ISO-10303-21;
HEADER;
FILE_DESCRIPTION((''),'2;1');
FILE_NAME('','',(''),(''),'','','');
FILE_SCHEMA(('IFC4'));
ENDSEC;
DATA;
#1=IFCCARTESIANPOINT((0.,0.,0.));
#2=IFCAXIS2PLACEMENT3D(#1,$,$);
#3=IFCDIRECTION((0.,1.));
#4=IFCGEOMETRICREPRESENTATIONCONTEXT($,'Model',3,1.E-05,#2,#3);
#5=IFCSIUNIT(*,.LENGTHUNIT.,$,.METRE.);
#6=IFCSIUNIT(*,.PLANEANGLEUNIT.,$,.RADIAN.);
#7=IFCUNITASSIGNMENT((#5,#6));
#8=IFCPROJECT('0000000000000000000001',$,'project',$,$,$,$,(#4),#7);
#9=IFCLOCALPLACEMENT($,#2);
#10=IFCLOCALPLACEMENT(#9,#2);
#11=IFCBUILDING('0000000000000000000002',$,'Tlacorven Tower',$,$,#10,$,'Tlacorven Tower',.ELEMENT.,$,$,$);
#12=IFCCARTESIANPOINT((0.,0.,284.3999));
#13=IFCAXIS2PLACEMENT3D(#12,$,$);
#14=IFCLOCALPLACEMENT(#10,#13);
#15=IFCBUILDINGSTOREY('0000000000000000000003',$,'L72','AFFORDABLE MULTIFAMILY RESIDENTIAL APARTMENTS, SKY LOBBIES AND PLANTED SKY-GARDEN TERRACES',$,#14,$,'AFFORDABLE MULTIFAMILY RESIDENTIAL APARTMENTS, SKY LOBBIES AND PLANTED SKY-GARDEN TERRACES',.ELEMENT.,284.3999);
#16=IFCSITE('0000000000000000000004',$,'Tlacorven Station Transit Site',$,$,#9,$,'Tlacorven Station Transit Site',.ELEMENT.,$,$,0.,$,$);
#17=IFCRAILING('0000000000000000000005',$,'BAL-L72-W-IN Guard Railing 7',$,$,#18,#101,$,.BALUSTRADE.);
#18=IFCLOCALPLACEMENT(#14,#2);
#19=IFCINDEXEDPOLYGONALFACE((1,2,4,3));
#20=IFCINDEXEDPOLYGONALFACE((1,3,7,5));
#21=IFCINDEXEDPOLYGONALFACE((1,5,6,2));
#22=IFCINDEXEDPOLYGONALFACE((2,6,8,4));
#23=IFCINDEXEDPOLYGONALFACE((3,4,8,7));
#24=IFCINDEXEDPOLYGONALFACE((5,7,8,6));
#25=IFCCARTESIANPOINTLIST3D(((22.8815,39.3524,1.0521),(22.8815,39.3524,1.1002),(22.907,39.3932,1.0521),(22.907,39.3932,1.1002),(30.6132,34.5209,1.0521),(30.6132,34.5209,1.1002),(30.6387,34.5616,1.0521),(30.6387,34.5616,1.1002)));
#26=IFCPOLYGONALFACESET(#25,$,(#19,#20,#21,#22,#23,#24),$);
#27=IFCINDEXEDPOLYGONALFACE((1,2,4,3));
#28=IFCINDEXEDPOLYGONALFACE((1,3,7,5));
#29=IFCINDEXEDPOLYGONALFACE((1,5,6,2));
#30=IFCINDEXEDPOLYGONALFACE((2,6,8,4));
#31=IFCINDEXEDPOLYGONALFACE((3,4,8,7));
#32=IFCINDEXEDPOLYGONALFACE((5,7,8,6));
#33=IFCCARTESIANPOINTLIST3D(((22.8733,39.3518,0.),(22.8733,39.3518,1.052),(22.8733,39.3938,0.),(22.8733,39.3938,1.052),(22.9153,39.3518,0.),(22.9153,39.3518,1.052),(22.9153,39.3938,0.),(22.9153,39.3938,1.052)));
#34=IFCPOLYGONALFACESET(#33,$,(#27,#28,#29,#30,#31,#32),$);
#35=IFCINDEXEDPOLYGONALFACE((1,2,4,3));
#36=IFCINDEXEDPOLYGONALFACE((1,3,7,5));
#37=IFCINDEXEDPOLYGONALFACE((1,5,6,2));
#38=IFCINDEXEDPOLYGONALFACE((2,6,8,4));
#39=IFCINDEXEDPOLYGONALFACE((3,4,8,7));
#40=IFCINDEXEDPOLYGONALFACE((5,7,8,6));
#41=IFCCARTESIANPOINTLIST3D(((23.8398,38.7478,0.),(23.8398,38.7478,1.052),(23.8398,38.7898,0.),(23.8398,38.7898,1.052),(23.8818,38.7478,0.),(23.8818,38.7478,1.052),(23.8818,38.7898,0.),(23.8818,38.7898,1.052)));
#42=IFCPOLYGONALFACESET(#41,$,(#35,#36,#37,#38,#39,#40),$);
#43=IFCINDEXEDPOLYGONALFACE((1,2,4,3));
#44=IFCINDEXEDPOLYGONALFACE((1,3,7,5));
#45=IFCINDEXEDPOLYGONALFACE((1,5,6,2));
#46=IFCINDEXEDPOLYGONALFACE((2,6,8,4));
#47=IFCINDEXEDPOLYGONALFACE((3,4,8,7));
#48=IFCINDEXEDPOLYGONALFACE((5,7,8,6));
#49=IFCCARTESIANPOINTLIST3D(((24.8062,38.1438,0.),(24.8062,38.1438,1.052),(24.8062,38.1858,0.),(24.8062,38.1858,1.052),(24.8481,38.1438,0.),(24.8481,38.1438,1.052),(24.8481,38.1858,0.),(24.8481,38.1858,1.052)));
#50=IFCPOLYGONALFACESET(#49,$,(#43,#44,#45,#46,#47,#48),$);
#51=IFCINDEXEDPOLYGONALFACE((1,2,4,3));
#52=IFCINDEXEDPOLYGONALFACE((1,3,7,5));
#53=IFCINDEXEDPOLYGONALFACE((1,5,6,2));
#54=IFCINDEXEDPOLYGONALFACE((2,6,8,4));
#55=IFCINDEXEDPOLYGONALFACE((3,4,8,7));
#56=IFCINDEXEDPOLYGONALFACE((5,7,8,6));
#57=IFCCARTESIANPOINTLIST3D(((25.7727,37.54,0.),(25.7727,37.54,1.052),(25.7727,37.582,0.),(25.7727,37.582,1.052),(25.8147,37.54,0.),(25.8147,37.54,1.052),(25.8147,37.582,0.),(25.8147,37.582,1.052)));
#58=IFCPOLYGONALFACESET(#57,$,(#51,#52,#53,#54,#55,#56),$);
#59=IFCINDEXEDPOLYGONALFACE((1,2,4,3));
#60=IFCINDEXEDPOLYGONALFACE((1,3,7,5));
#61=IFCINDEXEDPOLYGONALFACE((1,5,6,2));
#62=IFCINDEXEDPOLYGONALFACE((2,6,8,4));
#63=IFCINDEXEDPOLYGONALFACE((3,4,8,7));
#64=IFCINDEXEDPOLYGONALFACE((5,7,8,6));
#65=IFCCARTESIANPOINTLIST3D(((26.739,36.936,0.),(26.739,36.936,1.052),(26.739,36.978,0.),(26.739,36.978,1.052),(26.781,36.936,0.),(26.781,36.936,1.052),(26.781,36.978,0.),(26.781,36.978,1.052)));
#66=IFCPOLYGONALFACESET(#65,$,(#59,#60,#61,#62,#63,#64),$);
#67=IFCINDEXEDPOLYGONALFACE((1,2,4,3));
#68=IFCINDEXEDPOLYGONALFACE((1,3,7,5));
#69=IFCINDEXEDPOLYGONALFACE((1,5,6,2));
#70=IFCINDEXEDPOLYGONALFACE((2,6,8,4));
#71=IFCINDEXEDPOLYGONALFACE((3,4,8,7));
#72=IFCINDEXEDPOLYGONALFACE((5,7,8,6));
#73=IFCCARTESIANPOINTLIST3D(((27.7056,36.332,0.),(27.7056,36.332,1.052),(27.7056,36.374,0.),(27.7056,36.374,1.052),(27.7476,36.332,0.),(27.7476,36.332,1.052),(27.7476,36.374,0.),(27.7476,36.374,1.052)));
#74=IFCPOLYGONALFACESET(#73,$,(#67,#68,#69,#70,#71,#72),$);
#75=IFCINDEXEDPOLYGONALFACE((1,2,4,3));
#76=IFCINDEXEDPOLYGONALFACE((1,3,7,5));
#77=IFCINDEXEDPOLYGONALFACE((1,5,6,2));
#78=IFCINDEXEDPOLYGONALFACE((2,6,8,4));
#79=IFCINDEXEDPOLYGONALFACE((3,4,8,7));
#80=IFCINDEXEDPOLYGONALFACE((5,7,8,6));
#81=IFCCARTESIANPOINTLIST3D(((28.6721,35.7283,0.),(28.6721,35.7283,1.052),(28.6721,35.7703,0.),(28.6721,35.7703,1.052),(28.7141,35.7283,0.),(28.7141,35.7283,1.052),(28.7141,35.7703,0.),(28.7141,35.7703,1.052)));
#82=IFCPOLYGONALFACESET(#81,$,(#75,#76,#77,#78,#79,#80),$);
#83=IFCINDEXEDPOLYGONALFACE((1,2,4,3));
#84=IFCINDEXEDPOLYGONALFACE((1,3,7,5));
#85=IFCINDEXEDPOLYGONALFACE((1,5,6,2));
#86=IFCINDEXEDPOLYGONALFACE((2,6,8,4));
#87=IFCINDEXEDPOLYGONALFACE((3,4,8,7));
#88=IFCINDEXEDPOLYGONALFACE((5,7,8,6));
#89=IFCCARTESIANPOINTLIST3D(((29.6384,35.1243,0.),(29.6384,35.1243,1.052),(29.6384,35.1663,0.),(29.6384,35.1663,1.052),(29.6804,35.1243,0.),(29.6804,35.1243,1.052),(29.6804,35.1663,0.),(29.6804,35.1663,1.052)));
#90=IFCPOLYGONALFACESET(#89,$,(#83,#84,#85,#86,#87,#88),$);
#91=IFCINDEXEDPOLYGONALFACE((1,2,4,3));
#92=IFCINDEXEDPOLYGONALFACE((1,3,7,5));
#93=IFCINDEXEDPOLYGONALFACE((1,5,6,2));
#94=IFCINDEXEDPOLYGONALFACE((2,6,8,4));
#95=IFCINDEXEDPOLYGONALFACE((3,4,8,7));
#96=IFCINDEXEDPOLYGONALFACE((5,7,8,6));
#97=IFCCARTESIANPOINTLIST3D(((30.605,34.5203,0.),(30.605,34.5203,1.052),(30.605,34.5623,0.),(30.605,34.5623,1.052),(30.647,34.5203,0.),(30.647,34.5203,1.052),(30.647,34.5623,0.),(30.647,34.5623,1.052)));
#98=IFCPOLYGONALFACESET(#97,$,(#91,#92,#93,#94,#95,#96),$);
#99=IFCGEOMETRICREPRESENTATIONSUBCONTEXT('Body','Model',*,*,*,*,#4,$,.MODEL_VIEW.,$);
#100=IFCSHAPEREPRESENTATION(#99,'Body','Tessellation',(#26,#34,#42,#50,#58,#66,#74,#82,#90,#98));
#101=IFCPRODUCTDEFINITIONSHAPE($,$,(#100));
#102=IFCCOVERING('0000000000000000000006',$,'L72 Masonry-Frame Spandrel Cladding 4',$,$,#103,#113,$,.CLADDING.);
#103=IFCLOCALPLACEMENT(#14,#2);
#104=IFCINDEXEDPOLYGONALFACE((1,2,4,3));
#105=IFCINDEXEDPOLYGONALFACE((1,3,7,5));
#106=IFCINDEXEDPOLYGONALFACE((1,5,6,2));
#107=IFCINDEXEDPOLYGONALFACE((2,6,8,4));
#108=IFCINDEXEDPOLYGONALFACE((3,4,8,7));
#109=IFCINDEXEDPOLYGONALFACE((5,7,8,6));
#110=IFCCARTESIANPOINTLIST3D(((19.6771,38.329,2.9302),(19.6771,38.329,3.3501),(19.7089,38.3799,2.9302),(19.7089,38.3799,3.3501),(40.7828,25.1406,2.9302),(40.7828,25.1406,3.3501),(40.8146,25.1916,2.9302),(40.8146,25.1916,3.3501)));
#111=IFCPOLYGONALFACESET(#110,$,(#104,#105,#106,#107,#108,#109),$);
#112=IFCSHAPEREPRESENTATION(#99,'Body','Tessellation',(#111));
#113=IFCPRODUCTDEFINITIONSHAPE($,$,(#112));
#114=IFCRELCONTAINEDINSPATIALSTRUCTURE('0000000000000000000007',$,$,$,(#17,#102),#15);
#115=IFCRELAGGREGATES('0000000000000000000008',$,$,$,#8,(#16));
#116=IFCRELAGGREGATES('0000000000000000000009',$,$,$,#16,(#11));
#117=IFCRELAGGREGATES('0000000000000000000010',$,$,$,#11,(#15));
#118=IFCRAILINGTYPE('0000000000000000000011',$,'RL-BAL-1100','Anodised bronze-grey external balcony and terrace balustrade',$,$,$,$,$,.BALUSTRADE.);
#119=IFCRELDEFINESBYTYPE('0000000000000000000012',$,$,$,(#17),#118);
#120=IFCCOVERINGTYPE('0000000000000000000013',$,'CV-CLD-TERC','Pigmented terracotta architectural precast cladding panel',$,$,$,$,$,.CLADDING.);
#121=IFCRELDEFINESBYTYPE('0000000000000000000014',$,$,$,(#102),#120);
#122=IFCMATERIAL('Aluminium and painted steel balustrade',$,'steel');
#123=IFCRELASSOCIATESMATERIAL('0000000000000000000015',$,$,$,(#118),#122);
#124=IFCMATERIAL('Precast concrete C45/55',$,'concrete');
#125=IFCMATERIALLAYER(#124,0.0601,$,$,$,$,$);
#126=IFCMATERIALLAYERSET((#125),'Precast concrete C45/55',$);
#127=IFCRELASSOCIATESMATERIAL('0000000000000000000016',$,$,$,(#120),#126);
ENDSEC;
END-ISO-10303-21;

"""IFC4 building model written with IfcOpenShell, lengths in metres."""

from ifc_helpers import new_model, si_unit, direction, frame, origin, origin_2d, place, context, subcontext, project, spatial, rectangle, extrude, source, transform, mapped, material, layer, layer_set, type_object, element, save


model = new_model("IFC4")

# Units and contexts
model_context = context("Model", 3, precision=1e-05, world=origin(), true_north=direction((0.0, 1.0)))
body_context = subcontext(model_context, "Body", "Model", "MODEL_VIEW")
ifc_project = project(units=[si_unit("LENGTHUNIT", "METRE"), si_unit("PLANEANGLEUNIT", "RADIAN")], contexts=[model_context])

# Site, building, storey
site_placement = place(None, origin())
site = spatial("IfcSite", under=ifc_project, at=site_placement, Name="Tlacorven Station Transit Site", LongName="Tlacorven Station Transit Site", CompositionType="ELEMENT", RefElevation=0.0)
building_placement = place(site_placement, origin())
building = spatial("IfcBuilding", under=site, at=building_placement, Name="Tlacorven Tower", LongName="Tlacorven Tower", CompositionType="ELEMENT")
storey_placement = place(building_placement, frame((0.0, 0.0, 284.3999)))
storey = spatial("IfcBuildingStorey", under=building, at=storey_placement, Name="L72", Description="AFFORDABLE MULTIFAMILY RESIDENTIAL APARTMENTS, SKY LOBBIES AND PLANTED SKY-GARDEN TERRACES", LongName="AFFORDABLE MULTIFAMILY RESIDENTIAL APARTMENTS, SKY LOBBIES AND PLANTED SKY-GARDEN TERRACES", CompositionType="ELEMENT", Elevation=284.3999)

# Railing
ifc_material_1 = material(Name="Aluminium and painted steel balustrade", Category="steel")
railing_type = type_object("IfcRailingType", Name="RL-BAL-1100", Description="Anodised bronze-grey external balcony and terrace balustrade", PredefinedType="BALUSTRADE", material=ifc_material_1)
shared_shape_1 = source(origin(), body_context, "Body", "SweptSolid", [
    extrude(rectangle(XDim=0.0481, YDim=0.0481, at=origin_2d()), frame((0.0, 0.0, 1.0762), z_axis=(0.848036, -0.529939, 0.0), x_axis=(0.529939, 0.848036, 0.0)), (0.0, 0.0, 1.0), 9.1172),
    extrude(rectangle(XDim=0.042, YDim=0.042, at=origin_2d()), origin(), (0.0, 0.0, 1.0), 1.052),
    extrude(rectangle(XDim=0.042, YDim=0.042, at=origin_2d()), frame((0.9666, -0.604, 0.0)), (0.0, 0.0, 1.0), 1.052),
    extrude(rectangle(XDim=0.042, YDim=0.042, at=origin_2d()), frame((1.9329, -1.208, 0.0)), (0.0, 0.0, 1.0), 1.052),
    extrude(rectangle(XDim=0.042, YDim=0.042, at=origin_2d()), frame((2.8994, -1.8118, 0.0)), (0.0, 0.0, 1.0), 1.052),
    extrude(rectangle(XDim=0.042, YDim=0.042, at=origin_2d()), frame((3.8657, -2.4158, 0.0)), (0.0, 0.0, 1.0), 1.052),
    extrude(rectangle(XDim=0.042, YDim=0.042, at=origin_2d()), frame((4.8323, -3.0198, 0.0)), (0.0, 0.0, 1.0), 1.052),
    extrude(rectangle(XDim=0.042, YDim=0.042, at=origin_2d()), frame((5.7988, -3.6235, 0.0)), (0.0, 0.0, 1.0), 1.052),
    extrude(rectangle(XDim=0.042, YDim=0.042, at=origin_2d()), frame((6.7651, -4.2275, 0.0)), (0.0, 0.0, 1.0), 1.052),
    extrude(rectangle(XDim=0.042, YDim=0.042, at=origin_2d()), frame((7.7317, -4.8315, 0.0)), (0.0, 0.0, 1.0), 1.052),
])
railing_1_placement = place(storey_placement, frame((22.8943, 39.3728, 0.0)))
element("IfcRailing", 1, at=railing_1_placement, inside=storey, type_object=railing_type, Name="BAL-L72-W-IN Guard Railing 7", PredefinedType="BALUSTRADE", context=body_context, shape_type="MappedRepresentation", body=[
    mapped(shared_shape_1, transform((0.0, 0.0, 0.0), scale=1.0)),
])

# Covering
ifc_material_2 = material(Name="Precast concrete C45/55", Category="concrete")
ifc_layer_1 = layer(ifc_material_2, 0.0601)
ifc_layer_set_1 = layer_set([ifc_layer_1], Name="Precast concrete C45/55")
covering_type = type_object("IfcCoveringType", Name="CV-CLD-TERC", Description="Pigmented terracotta architectural precast cladding panel", PredefinedType="CLADDING", material=ifc_layer_set_1)
shared_shape_2 = source(origin(), body_context, "Body", "SweptSolid", [
    extrude(rectangle(XDim=24.8875, YDim=0.0601, at=origin_2d()), origin(), (0.0, 0.0, 1.0), 0.4199),
])
covering_placement = place(storey_placement, frame((30.2458, 31.7603, 2.9302), z_axis=(0.0, 0.0, 1.0), x_axis=(0.848048, -0.529919, 0.0)))
element("IfcCovering", 2, at=covering_placement, inside=storey, type_object=covering_type, Name="L72 Masonry-Frame Spandrel Cladding 4", PredefinedType="CLADDING", context=body_context, shape_type="MappedRepresentation", body=[
    mapped(shared_shape_2, transform((0.0, 0.0, 0.0), scale=1.0)),
])

save(model, "model.ifc")
